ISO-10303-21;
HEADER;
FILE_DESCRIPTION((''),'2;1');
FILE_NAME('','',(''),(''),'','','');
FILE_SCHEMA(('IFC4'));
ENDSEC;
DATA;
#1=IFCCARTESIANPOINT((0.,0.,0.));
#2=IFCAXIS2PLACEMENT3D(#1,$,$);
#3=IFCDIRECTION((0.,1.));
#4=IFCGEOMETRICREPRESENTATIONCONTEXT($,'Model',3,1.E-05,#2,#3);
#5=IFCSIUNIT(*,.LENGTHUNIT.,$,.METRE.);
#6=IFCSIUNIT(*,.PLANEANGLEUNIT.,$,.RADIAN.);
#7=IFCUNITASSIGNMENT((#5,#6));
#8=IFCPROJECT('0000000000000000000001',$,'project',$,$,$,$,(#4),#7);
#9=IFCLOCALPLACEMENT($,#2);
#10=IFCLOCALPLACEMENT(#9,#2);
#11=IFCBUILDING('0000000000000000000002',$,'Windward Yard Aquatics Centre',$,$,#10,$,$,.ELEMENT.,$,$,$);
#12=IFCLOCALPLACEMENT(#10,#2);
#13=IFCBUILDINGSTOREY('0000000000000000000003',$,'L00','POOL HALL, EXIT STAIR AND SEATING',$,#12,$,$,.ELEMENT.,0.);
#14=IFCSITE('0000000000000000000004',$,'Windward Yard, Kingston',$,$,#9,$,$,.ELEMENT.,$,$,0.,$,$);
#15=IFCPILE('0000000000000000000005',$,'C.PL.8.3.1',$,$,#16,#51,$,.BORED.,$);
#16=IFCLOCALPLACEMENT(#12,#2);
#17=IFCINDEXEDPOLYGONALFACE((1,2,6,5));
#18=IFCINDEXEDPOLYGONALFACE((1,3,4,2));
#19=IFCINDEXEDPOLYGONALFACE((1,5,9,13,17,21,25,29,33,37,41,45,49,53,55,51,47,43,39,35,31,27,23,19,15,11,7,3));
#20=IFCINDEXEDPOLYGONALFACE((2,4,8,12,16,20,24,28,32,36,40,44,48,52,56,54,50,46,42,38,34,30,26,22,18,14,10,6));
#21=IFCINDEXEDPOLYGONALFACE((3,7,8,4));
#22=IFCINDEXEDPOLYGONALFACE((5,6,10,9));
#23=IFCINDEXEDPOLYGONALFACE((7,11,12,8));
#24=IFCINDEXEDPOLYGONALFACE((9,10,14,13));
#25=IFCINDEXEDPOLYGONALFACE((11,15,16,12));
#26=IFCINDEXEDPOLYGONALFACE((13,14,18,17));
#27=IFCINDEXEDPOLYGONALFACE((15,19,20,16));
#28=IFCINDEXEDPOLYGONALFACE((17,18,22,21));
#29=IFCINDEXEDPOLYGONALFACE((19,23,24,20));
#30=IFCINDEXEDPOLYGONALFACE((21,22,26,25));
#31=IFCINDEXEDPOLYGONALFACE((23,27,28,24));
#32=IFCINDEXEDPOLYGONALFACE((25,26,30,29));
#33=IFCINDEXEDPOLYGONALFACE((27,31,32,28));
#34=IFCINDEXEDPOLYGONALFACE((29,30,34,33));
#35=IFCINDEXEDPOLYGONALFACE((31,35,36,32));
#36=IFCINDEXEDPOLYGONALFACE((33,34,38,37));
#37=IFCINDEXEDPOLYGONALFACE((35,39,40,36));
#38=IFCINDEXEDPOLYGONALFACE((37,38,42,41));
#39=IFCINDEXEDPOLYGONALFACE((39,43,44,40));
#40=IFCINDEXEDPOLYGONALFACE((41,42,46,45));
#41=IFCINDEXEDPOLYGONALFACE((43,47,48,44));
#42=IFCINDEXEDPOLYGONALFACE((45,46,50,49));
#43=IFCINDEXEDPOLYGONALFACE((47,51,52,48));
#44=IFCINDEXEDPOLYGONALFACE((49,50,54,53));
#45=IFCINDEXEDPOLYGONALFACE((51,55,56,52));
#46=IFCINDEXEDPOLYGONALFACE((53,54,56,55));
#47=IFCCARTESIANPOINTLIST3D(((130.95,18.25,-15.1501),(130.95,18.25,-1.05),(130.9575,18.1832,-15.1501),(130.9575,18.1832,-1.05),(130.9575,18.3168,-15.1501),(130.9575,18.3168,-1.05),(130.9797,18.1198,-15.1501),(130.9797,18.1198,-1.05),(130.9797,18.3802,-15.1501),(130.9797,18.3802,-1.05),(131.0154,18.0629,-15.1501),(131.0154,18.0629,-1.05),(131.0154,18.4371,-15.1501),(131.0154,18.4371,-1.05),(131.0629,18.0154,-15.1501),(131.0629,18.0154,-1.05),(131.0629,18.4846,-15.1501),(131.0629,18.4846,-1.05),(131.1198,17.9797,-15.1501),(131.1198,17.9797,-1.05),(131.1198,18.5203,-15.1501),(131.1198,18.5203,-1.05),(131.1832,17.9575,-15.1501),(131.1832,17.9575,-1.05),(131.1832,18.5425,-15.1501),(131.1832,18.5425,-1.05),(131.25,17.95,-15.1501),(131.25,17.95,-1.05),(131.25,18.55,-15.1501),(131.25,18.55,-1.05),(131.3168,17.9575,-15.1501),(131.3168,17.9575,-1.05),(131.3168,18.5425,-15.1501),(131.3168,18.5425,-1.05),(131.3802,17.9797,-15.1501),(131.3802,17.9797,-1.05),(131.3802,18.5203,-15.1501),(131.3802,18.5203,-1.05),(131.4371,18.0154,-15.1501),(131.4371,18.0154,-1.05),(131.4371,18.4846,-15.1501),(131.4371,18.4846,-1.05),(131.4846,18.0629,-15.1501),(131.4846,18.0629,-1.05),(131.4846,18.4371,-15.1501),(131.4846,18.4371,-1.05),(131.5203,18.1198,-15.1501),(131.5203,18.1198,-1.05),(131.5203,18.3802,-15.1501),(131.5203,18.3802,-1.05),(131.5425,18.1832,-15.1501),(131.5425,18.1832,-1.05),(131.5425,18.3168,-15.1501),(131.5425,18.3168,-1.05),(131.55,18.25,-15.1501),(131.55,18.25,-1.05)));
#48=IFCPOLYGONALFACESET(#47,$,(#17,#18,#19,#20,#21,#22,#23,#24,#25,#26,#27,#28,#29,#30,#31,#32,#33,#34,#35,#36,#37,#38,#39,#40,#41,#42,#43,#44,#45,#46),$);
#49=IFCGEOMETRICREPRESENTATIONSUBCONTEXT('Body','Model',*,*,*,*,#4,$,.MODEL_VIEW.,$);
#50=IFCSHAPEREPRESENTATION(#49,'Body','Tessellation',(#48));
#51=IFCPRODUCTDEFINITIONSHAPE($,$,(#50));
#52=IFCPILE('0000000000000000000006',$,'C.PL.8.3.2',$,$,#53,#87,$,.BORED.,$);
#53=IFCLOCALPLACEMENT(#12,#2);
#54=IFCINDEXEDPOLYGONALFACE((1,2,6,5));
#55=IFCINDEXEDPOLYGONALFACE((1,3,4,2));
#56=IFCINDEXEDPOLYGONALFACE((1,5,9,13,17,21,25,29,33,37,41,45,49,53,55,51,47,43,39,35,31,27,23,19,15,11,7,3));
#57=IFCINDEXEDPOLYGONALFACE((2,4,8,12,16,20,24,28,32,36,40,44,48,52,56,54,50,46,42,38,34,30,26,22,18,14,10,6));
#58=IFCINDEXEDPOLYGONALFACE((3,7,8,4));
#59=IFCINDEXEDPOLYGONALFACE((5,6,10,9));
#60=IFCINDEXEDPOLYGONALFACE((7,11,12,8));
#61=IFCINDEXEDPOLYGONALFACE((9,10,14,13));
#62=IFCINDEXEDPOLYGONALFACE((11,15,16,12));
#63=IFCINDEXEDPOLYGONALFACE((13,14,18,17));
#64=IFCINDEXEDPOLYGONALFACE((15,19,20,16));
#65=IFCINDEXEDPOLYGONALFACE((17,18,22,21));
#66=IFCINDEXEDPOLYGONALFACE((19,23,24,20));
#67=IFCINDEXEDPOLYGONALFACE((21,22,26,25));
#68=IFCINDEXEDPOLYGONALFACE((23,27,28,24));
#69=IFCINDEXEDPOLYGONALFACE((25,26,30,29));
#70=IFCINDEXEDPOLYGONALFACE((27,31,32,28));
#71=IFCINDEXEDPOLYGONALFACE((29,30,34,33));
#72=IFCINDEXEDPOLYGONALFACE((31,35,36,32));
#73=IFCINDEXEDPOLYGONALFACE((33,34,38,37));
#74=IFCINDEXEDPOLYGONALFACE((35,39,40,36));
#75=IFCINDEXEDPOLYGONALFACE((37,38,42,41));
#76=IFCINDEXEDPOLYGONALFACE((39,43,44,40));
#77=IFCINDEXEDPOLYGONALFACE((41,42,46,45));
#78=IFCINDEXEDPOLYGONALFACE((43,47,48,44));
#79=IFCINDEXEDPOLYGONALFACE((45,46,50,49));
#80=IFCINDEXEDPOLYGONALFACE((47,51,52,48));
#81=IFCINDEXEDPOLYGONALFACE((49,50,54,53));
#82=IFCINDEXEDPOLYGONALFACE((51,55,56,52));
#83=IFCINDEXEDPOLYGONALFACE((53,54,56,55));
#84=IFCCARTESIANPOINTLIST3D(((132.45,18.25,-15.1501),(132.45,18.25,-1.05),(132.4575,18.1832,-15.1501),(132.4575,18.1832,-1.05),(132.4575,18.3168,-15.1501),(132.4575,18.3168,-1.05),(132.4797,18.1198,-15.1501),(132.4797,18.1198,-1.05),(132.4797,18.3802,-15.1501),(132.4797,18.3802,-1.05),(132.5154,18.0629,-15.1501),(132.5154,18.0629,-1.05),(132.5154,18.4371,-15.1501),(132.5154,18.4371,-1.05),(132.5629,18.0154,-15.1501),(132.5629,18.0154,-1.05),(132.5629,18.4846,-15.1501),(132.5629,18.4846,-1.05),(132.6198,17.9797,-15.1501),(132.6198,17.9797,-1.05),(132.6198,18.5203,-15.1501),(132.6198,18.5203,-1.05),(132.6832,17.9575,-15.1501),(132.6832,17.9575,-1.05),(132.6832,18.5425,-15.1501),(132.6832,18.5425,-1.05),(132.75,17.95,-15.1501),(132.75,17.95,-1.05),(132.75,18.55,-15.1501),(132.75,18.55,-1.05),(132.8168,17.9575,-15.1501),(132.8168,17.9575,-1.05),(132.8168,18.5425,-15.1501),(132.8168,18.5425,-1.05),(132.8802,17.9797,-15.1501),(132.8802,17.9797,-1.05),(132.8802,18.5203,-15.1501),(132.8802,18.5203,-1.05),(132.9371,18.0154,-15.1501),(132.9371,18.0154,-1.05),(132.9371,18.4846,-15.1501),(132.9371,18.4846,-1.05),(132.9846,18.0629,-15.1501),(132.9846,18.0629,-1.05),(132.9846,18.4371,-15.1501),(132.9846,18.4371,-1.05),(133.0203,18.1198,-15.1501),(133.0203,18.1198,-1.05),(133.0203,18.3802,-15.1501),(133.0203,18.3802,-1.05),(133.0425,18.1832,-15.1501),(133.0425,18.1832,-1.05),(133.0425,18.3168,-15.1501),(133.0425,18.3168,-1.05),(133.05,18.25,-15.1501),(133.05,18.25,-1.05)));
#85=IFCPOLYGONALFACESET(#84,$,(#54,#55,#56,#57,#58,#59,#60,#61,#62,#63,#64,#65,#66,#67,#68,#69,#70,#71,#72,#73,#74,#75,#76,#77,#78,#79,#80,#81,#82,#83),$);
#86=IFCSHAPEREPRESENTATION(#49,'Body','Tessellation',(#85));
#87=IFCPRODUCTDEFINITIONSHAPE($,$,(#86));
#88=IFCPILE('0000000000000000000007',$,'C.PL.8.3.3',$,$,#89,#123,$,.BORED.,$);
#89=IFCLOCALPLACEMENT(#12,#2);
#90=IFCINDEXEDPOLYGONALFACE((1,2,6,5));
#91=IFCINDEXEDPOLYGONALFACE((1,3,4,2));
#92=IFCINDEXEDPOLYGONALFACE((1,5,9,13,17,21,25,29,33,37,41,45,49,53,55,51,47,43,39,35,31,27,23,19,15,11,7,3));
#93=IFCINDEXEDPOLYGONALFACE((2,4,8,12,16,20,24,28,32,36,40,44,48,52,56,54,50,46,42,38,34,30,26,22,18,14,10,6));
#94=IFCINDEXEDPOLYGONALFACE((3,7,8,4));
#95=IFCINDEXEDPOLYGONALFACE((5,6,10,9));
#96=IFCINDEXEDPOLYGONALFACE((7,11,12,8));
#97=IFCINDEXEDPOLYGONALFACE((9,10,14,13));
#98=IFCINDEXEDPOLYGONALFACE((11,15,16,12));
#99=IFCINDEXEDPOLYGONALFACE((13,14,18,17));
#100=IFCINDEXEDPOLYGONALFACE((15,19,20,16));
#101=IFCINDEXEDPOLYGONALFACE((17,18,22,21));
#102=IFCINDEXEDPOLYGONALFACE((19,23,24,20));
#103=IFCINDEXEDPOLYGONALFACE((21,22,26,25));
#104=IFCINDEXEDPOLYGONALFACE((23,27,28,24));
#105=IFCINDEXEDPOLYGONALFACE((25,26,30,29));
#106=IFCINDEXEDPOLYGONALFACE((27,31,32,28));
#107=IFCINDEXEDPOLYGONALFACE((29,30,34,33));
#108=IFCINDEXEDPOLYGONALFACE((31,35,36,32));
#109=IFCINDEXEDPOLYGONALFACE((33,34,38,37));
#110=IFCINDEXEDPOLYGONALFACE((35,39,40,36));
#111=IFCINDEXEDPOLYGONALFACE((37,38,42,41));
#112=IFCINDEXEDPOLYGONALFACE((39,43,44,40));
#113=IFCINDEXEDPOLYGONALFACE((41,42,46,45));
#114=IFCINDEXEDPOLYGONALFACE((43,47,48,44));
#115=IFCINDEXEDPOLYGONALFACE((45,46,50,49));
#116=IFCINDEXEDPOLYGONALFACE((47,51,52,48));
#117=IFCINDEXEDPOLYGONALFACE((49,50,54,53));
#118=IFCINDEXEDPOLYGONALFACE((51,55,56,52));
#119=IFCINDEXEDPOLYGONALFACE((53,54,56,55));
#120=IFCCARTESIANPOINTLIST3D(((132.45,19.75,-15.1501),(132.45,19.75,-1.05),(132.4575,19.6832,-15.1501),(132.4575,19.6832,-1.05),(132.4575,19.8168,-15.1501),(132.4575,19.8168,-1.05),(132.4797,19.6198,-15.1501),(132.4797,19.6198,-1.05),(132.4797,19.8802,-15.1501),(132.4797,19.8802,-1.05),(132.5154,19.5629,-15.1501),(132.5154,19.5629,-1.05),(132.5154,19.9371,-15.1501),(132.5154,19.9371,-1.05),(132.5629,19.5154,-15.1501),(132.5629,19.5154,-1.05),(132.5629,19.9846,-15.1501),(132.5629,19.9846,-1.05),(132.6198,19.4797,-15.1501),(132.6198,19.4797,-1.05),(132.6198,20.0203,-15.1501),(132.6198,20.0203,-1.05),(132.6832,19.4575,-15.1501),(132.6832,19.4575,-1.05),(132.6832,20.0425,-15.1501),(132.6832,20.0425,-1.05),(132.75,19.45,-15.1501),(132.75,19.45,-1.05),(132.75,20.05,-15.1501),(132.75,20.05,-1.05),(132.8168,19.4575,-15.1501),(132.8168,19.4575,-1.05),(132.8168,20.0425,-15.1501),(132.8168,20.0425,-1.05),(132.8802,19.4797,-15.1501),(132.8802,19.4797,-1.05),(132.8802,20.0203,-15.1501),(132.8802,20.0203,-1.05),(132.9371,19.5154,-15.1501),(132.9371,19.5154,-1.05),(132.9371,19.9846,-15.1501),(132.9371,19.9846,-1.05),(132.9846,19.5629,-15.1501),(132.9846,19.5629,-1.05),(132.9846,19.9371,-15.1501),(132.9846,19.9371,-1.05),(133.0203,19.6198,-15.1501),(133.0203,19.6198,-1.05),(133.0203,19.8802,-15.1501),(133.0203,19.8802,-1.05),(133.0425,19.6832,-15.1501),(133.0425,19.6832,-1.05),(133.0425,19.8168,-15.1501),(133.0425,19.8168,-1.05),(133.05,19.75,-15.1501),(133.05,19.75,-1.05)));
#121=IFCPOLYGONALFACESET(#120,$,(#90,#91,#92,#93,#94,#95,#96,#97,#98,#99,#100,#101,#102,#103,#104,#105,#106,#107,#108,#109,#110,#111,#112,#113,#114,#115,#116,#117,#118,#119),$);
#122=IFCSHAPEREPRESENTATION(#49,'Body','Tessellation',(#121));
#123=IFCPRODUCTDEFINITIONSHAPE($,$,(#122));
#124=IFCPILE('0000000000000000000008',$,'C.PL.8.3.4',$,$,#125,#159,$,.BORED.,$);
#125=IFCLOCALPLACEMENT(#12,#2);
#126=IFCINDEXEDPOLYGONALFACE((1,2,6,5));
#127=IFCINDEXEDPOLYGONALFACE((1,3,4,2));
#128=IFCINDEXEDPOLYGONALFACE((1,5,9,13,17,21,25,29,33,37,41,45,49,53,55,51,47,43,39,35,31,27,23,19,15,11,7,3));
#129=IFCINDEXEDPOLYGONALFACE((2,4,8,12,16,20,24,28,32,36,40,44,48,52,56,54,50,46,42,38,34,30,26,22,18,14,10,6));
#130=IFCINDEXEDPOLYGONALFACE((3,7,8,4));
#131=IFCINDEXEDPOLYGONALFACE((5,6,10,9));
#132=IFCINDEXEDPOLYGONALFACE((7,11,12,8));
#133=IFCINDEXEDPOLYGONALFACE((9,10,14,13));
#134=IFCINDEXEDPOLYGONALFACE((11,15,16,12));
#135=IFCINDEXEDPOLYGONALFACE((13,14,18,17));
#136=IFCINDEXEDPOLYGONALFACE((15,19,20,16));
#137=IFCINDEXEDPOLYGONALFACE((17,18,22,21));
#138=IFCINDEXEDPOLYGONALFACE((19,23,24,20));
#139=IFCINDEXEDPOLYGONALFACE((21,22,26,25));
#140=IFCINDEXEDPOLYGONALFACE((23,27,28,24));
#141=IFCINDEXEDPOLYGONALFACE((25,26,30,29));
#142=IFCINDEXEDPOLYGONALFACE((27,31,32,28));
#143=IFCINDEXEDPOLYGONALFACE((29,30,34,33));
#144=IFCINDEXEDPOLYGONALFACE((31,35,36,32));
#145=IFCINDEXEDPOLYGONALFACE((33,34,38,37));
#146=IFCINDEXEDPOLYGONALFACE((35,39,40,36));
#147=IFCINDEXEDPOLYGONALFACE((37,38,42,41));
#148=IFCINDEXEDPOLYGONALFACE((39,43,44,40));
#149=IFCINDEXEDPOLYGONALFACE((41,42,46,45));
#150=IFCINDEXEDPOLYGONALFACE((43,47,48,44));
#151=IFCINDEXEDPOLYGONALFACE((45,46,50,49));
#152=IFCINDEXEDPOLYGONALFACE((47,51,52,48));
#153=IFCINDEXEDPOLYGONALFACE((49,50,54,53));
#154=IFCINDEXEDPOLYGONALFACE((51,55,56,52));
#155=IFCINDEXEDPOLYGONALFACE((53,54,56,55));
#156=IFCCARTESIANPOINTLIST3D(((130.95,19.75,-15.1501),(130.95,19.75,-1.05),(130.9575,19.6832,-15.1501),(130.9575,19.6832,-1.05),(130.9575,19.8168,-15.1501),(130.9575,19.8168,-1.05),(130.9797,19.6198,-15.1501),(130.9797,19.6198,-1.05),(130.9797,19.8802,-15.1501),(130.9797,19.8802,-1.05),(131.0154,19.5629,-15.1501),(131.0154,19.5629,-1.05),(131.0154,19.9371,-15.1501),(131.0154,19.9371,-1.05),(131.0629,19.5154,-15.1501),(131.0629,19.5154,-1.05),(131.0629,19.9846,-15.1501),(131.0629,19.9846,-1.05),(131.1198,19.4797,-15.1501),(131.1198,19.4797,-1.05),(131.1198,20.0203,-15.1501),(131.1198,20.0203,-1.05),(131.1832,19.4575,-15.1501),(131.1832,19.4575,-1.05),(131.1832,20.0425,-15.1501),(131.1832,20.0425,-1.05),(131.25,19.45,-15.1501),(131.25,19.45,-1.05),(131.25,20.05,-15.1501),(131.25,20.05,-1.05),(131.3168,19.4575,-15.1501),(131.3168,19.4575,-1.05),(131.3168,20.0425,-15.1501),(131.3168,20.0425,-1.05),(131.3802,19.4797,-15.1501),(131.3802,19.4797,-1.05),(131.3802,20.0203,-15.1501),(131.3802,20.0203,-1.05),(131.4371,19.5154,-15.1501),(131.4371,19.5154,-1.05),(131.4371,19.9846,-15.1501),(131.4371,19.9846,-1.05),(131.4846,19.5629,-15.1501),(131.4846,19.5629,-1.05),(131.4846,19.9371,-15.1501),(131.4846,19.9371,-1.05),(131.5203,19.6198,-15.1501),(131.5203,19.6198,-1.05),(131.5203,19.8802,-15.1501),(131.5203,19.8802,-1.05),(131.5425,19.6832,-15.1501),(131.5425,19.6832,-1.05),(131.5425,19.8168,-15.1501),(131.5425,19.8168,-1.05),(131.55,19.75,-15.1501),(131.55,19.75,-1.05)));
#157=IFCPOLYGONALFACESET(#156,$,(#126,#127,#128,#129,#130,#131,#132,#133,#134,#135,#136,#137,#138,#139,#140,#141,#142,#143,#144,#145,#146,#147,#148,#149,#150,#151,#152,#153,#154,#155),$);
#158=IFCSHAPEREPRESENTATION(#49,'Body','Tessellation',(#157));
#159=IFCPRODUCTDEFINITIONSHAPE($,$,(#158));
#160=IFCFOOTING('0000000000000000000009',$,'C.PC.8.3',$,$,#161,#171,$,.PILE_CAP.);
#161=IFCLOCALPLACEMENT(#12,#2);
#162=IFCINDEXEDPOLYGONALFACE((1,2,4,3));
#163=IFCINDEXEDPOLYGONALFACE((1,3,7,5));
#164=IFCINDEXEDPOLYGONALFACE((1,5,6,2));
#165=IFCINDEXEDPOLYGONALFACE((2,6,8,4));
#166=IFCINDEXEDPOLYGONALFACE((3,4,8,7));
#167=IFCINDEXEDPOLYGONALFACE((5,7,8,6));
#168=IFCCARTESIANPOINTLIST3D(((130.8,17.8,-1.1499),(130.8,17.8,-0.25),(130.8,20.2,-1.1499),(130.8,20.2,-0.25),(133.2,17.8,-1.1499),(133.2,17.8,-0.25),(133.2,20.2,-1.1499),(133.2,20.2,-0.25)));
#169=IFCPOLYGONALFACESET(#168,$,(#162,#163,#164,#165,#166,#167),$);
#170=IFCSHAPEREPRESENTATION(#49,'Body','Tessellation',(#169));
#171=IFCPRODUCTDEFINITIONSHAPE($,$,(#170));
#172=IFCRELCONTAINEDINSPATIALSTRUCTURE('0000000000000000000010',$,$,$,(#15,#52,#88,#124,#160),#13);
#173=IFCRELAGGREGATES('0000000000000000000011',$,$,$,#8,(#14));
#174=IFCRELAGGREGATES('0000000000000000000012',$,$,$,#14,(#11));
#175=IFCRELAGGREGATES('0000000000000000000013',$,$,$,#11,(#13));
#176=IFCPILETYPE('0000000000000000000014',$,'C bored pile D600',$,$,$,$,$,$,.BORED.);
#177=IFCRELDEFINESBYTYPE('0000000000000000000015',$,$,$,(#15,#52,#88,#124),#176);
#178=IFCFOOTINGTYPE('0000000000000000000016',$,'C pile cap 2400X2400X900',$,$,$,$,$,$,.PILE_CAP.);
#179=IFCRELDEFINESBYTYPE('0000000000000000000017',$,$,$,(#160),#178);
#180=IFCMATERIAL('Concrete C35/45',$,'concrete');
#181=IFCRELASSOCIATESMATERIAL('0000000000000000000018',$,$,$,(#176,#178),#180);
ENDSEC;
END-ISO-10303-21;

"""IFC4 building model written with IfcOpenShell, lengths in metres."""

from ifc_helpers import new_model, si_unit, direction, frame, origin, origin_2d, place, context, subcontext, project, spatial, rectangle, circle, extrude, material, material_profile, profile_set, type_object, element, save


model = new_model("IFC4")

# Units and contexts
model_context = context("Model", 3, precision=1e-05, world=origin(), true_north=direction((0.0, 1.0)))
body_context = subcontext(model_context, "Body", "Model", "MODEL_VIEW")
ifc_project = project(units=[si_unit("LENGTHUNIT", "METRE"), si_unit("PLANEANGLEUNIT", "RADIAN")], contexts=[model_context])

# Site, building, storey
site_placement = place(None, origin())
site = spatial("IfcSite", under=ifc_project, at=site_placement, Name="Windward Yard, Kingston", CompositionType="ELEMENT", RefElevation=0.0)
building_placement = place(site_placement, origin())
building = spatial("IfcBuilding", under=site, at=building_placement, Name="Windward Yard Aquatics Centre", CompositionType="ELEMENT")
storey_placement = place(building_placement, origin())
storey = spatial("IfcBuildingStorey", under=building, at=storey_placement, Name="L00", Description="POOL HALL, EXIT STAIR AND SEATING", CompositionType="ELEMENT", Elevation=0.0)

# Piles
ifc_material_1 = material(Name="Concrete C35/45", Category="concrete")
ifc_material_profile_1 = material_profile(ifc_material_1, circle(Radius=0.3, at=origin_2d()), Name="RC D600")
ifc_profile_set_1 = profile_set([ifc_material_profile_1], Name="Concrete C35/45")
pile_type_1 = type_object("IfcPileType", Name="C bored pile D600", PredefinedType="BORED", material=ifc_profile_set_1)
for number, where, z_axis, x_axis, name in (
    (1, (131.25, 18.25, -1.05), (0.0, 0.0, -1.0), (1.0, 0.0, 0.0), "C.PL.8.3.1"),
    (2, (132.75, 18.25, -1.05), (0.0, 0.0, -1.0), (1.0, 0.0, 0.0), "C.PL.8.3.2"),
    (3, (132.75, 19.75, -1.05), (0.0, 0.0, -1.0), (1.0, 0.0, 0.0), "C.PL.8.3.3"),
    (4, (131.25, 19.75, -1.05), (0.0, 0.0, -1.0), (1.0, 0.0, 0.0), "C.PL.8.3.4"),
):
    element("IfcPile", number, at=place(storey_placement, frame(where, z_axis=z_axis, x_axis=x_axis)), inside=storey, type_object=pile_type_1, Name=name, PredefinedType="BORED", context=body_context, shape_type="SweptSolid", body=[
        extrude(circle(Radius=0.3, at=origin_2d()), origin(), (0.0, 0.0, 1.0), 14.1001),
    ])

# Footing
footing_type = type_object("IfcFootingType", Name="C pile cap 2400X2400X900", PredefinedType="PILE_CAP", material=ifc_material_1)
footing_placement = place(storey_placement, frame((132.0, 19.0, -1.1499), z_axis=(0.0, 0.0, 1.0), x_axis=(1.0, 0.0, 0.0)))
element("IfcFooting", 5, at=footing_placement, inside=storey, type_object=footing_type, Name="C.PC.8.3", PredefinedType="PILE_CAP", context=body_context, shape_type="SweptSolid", body=[
    extrude(rectangle(XDim=2.3999, YDim=2.3999, at=origin_2d()), origin(), (0.0, 0.0, 1.0), 0.8999),
])

save(model, "model.ifc")
